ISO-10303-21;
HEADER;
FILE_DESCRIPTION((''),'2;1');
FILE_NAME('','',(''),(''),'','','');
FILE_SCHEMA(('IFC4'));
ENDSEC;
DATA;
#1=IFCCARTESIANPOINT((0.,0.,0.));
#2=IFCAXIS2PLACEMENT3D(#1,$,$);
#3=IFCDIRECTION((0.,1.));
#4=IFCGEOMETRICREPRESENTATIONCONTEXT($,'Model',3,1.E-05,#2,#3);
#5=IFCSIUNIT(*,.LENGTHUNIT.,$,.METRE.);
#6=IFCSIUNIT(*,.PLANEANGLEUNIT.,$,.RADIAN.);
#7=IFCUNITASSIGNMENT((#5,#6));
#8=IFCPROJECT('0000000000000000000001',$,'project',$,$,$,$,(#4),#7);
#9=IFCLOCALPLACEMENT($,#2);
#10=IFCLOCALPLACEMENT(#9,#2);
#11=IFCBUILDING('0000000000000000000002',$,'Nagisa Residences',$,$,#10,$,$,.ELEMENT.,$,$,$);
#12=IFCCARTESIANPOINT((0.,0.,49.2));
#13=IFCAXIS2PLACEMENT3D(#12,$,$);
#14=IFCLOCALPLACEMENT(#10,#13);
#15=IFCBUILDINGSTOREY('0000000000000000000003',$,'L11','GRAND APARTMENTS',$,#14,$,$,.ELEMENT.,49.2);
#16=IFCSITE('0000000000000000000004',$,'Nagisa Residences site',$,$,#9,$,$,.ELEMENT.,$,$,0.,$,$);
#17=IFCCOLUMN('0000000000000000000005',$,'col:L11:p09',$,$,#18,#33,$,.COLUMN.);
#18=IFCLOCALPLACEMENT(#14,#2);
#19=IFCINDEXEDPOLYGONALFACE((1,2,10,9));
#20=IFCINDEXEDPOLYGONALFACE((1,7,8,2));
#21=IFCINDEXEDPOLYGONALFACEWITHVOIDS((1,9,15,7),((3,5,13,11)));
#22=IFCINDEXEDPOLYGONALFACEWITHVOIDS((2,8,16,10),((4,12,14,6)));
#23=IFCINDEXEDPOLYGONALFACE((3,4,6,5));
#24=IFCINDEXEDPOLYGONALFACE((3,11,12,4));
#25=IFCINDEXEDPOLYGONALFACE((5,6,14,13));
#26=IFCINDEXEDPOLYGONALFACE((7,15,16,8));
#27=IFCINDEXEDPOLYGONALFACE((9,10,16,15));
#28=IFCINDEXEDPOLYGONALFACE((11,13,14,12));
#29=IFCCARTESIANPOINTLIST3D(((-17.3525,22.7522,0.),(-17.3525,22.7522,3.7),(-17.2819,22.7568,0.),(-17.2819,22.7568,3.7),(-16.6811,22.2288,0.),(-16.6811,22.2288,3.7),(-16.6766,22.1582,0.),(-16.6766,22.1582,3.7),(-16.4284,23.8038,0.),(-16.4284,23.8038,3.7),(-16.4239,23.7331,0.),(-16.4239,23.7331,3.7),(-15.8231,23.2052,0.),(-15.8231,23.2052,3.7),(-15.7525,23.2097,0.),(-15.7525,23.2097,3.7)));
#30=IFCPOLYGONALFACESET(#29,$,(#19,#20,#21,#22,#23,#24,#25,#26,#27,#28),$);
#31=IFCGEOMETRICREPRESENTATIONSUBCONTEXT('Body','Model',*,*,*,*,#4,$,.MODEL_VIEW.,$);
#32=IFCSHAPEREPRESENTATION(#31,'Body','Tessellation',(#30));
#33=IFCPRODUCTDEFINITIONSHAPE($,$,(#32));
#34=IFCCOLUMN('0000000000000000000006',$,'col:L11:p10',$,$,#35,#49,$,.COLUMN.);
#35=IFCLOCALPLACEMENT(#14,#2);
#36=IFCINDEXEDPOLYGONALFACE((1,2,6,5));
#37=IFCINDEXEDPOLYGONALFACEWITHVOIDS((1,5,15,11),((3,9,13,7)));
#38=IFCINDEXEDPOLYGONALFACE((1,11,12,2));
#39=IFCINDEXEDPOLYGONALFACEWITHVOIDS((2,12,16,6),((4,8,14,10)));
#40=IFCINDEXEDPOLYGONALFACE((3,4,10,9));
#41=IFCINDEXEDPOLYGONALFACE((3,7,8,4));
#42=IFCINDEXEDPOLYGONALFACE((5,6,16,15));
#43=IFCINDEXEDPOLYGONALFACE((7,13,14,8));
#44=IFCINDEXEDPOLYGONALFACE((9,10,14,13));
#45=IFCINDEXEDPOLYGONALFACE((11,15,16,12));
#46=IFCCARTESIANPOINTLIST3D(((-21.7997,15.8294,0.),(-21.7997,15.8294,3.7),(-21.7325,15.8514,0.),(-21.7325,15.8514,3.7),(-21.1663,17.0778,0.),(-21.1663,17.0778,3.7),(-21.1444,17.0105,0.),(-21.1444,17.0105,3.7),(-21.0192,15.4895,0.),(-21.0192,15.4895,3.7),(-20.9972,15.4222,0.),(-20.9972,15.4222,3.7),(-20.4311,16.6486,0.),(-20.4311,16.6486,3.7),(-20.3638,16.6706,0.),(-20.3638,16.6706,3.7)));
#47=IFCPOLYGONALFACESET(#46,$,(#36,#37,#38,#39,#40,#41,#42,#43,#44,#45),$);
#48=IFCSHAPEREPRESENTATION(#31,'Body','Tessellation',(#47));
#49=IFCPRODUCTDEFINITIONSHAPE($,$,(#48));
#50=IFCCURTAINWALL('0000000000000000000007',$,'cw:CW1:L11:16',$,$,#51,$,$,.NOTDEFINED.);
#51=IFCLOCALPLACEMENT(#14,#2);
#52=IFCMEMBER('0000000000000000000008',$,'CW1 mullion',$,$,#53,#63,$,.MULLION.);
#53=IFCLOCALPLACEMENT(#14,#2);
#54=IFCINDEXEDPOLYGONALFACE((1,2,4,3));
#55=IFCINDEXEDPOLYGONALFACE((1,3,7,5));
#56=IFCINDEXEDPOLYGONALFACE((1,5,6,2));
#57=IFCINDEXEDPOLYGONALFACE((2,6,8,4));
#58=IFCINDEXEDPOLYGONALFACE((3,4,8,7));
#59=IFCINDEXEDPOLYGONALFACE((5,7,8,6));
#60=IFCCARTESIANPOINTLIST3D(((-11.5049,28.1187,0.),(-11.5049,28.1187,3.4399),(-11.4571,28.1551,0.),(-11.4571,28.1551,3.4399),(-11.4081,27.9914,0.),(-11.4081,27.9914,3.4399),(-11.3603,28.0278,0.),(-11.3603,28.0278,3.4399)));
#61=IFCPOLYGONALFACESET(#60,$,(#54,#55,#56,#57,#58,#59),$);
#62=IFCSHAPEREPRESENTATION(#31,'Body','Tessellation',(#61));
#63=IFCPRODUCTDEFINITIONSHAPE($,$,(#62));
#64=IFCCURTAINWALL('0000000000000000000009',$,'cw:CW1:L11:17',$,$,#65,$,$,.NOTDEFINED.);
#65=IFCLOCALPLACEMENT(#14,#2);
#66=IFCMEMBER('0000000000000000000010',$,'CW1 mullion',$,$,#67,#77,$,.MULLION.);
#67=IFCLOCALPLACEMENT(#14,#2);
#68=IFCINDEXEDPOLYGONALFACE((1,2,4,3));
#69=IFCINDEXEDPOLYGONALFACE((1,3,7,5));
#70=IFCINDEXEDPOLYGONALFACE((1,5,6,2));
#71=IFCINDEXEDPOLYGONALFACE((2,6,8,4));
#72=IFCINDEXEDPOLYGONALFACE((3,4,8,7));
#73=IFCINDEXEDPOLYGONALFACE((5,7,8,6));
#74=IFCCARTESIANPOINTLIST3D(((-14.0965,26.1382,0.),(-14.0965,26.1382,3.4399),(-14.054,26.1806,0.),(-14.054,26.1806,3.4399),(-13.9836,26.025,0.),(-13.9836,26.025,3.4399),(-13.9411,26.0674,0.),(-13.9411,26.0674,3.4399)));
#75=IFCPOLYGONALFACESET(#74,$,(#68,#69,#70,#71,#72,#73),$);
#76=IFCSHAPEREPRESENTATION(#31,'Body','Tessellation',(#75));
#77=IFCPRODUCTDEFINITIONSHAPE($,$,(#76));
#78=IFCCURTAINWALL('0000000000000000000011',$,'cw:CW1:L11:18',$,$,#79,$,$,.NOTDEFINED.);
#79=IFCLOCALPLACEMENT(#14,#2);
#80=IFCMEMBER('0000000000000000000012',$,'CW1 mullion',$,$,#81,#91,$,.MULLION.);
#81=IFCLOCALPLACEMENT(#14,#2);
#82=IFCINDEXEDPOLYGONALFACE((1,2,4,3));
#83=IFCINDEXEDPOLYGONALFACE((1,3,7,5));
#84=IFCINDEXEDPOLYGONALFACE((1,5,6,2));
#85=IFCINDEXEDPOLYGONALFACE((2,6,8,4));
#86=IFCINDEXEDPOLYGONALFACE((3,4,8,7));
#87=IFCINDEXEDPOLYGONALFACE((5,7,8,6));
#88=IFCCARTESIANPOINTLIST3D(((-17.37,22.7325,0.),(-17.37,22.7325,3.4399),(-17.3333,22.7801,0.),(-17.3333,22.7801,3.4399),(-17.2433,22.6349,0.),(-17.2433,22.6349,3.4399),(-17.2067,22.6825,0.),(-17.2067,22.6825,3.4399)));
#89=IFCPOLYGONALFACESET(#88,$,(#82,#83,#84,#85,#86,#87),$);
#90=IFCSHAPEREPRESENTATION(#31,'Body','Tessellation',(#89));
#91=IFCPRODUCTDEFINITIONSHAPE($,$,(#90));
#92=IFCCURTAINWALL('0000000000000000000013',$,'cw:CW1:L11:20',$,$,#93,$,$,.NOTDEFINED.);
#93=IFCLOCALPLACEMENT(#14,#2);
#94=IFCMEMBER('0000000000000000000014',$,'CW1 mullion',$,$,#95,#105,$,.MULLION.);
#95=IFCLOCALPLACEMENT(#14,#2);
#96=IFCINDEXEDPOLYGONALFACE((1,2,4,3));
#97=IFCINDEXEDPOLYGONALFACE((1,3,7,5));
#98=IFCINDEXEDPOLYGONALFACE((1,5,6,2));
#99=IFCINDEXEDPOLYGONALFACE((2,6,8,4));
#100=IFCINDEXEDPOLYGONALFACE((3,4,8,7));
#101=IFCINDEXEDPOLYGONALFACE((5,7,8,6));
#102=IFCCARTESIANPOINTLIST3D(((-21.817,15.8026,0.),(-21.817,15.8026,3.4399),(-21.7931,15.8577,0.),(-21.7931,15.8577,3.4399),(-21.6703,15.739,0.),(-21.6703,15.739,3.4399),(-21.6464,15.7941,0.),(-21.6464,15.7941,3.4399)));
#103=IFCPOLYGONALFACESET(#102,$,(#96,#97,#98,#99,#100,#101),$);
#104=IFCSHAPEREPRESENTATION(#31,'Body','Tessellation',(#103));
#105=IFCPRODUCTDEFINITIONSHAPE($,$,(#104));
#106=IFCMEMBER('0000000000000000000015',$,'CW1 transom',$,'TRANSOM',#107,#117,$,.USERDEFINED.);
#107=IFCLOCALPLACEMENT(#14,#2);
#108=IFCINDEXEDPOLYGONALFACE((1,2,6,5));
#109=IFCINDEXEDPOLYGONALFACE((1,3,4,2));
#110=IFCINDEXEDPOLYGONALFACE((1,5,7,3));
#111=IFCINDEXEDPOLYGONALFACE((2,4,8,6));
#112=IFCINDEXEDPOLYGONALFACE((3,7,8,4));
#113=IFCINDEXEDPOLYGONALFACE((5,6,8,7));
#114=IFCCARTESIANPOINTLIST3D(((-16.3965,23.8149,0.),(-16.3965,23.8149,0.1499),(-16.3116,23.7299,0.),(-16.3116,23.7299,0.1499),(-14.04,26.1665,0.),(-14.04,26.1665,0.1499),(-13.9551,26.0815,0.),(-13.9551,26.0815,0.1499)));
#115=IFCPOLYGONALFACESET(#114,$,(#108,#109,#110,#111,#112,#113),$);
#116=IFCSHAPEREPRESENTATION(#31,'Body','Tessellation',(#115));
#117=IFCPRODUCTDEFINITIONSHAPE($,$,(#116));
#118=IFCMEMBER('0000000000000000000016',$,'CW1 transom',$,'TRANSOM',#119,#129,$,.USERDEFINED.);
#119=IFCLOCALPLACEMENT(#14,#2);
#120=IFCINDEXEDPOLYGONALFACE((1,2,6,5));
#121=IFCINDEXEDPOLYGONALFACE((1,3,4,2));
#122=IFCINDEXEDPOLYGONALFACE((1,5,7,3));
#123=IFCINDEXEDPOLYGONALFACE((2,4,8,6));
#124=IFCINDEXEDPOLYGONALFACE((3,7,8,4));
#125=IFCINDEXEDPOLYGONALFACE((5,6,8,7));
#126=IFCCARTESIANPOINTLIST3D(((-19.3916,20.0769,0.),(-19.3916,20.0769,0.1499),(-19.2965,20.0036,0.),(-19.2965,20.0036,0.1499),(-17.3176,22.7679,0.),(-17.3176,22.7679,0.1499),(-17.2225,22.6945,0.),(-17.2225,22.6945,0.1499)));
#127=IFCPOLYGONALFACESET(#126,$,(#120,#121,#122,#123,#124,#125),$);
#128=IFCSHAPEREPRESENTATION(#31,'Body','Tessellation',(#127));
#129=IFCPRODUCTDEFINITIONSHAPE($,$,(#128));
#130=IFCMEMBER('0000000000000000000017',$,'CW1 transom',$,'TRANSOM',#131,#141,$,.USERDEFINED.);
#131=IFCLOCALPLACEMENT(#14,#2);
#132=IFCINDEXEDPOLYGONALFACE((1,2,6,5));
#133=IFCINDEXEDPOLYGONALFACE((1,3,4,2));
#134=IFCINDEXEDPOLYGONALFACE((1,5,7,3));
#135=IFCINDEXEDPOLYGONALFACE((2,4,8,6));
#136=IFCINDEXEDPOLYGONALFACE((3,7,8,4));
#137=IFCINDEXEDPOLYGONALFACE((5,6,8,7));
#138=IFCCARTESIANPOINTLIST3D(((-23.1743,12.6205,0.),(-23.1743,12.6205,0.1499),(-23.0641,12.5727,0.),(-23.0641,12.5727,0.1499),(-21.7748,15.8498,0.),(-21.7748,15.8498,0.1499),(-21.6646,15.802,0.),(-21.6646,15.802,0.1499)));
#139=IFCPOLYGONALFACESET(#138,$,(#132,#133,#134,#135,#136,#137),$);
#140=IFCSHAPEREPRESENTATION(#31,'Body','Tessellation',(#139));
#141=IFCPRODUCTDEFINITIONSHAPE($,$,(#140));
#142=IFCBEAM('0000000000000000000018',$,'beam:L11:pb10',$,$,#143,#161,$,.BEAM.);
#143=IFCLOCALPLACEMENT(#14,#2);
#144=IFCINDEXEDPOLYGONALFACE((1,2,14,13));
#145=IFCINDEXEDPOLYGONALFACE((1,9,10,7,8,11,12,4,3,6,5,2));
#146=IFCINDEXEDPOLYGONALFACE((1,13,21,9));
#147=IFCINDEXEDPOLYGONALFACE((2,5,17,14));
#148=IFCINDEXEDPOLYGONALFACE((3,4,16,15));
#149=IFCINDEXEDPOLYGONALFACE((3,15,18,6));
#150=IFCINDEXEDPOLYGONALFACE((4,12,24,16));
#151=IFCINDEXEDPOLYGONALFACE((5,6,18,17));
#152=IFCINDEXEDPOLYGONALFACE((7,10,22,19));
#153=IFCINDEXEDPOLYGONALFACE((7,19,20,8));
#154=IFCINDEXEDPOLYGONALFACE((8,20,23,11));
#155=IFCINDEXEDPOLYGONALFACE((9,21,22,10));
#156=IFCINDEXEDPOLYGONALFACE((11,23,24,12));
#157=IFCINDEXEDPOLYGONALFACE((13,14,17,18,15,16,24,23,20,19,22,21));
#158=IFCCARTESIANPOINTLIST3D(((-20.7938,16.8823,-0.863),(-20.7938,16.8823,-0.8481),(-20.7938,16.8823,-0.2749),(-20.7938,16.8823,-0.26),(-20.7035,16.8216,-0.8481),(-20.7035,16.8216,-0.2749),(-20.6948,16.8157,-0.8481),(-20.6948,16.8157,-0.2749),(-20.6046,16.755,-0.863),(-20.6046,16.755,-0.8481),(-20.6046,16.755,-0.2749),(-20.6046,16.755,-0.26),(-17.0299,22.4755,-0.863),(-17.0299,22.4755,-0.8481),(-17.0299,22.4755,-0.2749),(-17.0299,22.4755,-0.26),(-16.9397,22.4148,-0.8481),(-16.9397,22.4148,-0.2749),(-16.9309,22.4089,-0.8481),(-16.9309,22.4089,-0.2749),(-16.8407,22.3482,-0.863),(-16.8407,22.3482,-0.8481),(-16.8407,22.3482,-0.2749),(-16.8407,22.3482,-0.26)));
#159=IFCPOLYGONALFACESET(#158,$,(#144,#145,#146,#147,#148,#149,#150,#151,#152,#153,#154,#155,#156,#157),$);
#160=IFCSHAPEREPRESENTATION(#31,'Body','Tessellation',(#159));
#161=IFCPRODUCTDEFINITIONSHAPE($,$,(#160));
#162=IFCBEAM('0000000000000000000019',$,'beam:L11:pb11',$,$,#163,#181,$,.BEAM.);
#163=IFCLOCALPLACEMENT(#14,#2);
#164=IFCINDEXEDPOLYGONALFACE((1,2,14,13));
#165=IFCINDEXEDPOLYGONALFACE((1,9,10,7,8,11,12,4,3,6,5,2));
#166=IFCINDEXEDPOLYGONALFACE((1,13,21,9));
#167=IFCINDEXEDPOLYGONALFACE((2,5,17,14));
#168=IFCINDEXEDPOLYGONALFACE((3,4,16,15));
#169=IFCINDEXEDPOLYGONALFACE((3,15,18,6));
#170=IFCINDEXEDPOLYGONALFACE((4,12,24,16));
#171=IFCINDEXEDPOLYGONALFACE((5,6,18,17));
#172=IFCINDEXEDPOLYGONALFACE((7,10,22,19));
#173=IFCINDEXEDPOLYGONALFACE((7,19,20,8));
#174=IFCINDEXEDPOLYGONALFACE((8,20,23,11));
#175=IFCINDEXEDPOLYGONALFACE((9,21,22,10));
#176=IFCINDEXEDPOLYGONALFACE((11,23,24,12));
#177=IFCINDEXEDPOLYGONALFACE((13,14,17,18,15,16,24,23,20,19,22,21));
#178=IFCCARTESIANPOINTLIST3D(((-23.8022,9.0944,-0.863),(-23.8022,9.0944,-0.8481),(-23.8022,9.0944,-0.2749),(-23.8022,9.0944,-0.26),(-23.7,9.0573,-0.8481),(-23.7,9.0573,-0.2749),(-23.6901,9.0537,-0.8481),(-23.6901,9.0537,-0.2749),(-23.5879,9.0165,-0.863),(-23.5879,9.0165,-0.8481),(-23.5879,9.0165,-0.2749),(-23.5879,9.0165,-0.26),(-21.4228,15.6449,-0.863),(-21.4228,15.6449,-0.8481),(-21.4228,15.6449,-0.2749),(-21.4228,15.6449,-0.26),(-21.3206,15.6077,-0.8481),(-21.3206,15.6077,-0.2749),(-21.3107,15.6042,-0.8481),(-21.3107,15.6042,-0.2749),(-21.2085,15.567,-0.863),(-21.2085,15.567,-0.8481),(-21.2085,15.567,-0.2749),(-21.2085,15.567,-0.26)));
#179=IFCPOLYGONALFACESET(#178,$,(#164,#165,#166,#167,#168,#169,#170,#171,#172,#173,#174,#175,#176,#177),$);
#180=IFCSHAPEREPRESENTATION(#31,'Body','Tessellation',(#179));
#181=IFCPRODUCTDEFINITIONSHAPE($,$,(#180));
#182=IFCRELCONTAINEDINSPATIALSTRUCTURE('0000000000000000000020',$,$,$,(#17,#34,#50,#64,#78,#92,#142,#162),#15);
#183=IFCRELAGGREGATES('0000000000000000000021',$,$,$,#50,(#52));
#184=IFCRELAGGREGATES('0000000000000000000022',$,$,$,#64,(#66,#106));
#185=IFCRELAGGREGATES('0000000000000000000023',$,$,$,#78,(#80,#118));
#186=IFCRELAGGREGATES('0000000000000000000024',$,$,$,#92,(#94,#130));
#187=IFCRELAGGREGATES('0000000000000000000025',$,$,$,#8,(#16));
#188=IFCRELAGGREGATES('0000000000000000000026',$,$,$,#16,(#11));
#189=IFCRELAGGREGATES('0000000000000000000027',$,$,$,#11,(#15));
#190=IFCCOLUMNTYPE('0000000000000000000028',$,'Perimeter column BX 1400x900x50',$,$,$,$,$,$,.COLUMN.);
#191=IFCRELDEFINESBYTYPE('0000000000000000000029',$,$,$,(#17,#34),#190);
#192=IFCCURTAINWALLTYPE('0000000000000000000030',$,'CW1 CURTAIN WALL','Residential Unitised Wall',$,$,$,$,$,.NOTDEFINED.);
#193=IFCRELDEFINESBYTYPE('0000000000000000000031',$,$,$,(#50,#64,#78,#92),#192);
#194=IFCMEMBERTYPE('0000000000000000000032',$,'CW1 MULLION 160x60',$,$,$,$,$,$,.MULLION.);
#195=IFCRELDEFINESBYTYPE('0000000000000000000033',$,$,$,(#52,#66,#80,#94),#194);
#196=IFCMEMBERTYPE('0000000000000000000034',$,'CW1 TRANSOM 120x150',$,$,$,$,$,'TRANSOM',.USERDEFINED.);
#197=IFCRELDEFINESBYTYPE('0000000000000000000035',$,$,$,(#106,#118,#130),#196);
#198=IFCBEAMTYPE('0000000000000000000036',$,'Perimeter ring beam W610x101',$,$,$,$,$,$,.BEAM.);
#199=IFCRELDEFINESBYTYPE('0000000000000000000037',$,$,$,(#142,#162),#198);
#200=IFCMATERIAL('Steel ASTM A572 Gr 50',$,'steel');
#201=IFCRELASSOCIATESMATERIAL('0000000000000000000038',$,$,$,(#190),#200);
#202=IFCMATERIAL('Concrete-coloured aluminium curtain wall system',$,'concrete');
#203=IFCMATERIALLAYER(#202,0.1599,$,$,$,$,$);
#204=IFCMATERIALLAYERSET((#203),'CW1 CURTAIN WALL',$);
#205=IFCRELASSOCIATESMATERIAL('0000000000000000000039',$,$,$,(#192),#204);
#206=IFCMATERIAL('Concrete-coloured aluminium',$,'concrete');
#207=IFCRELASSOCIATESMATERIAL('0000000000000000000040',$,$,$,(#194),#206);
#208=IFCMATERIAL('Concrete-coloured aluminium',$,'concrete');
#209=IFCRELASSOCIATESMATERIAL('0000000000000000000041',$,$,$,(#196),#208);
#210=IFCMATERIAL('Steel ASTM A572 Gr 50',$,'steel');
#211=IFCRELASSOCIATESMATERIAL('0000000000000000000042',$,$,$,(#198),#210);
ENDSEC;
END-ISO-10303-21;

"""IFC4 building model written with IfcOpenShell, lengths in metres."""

from ifc_helpers import new_model, si_unit, direction, frame, origin, origin_2d, place, context, subcontext, project, spatial, rectangle, hollow_rectangle, i_section, extrude, material, layer, layer_set, material_profile, profile_set, type_object, element, aggregate, save


model = new_model("IFC4")

# Units and contexts
model_context = context("Model", 3, precision=1e-05, world=origin(), true_north=direction((0.0, 1.0)))
body_context = subcontext(model_context, "Body", "Model", "MODEL_VIEW")
ifc_project = project(units=[si_unit("LENGTHUNIT", "METRE"), si_unit("PLANEANGLEUNIT", "RADIAN")], contexts=[model_context])

# Site, building, storey
site_placement = place(None, origin())
site = spatial("IfcSite", under=ifc_project, at=site_placement, Name="Nagisa Residences site", CompositionType="ELEMENT", RefElevation=0.0)
building_placement = place(site_placement, origin())
building = spatial("IfcBuilding", under=site, at=building_placement, Name="Nagisa Residences", CompositionType="ELEMENT")
storey_placement = place(building_placement, frame((0.0, 0.0, 49.2)))
storey = spatial("IfcBuildingStorey", under=building, at=storey_placement, Name="L11", Description="GRAND APARTMENTS", CompositionType="ELEMENT", Elevation=49.2)

# Columns
ifc_material_1 = material(Name="Steel ASTM A572 Gr 50", Category="steel")
ifc_material_profile_1 = material_profile(ifc_material_1, hollow_rectangle(XDim=1.3999, YDim=0.8999, WallThickness=0.05, at=origin_2d()), Name="BX 1400x900x50")
ifc_profile_set_1 = profile_set([ifc_material_profile_1], Name="Steel ASTM A572 Gr 50")
column_type = type_object("IfcColumnType", Name="Perimeter column BX 1400x900x50", PredefinedType="COLUMN", material=ifc_profile_set_1)
for number, where, z_axis, x_axis, name in (
    (1, (-16.5525, 22.981, 0.0), (0.0, 0.0, 1.0), (-0.660115, -0.751165, 0.0), "col:L11:p09"),
    (2, (-21.0818, 16.25, 0.0), (0.0, 0.0, 1.0), (-0.452463, -0.891783, 0.0), "col:L11:p10"),
):
    element("IfcColumn", number, at=place(storey_placement, frame(where, z_axis=z_axis, x_axis=x_axis)), inside=storey, type_object=column_type, Name=name, PredefinedType="COLUMN", context=body_context, shape_type="SweptSolid", body=[
        extrude(hollow_rectangle(XDim=1.3999, YDim=0.8999, WallThickness=0.05, at=origin_2d()), origin(), (0.0, 0.0, 1.0), 3.7),
    ])

# Curtain walls, members
ifc_material_2 = material(Name="Concrete-coloured aluminium curtain wall system", Category="concrete")
ifc_layer_1 = layer(ifc_material_2, 0.1599)
ifc_layer_set_1 = layer_set([ifc_layer_1], Name="CW1 CURTAIN WALL")
curtain_wall_type = type_object("IfcCurtainWallType", Name="CW1 CURTAIN WALL", Description="Residential Unitised Wall", PredefinedType="NOTDEFINED", material=ifc_layer_set_1)
curtain_wall_1_placement = place(storey_placement, origin())
curtain_wall_1 = element("IfcCurtainWall", 3, at=curtain_wall_1_placement, inside=storey, type_object=curtain_wall_type, Name="cw:CW1:L11:16", PredefinedType="NOTDEFINED")
ifc_material_3 = material(Name="Concrete-coloured aluminium", Category="concrete")
ifc_material_profile_2 = material_profile(ifc_material_3, rectangle(XDim=0.1599, YDim=0.0601, at=origin_2d()), Name="CW1 MULLION 160x60")
ifc_profile_set_2 = profile_set([ifc_material_profile_2], Name="Concrete-coloured aluminium")
member_type_1 = type_object("IfcMemberType", Name="CW1 MULLION 160x60", PredefinedType="MULLION", material=ifc_profile_set_2)
member_1_placement = place(storey_placement, frame((-11.4326, 28.0732, 0.0), z_axis=(0.0, 0.0, 1.0), x_axis=(0.605255, -0.796031, 0.0)))
member_1 = element("IfcMember", 4, at=member_1_placement, type_object=member_type_1, Name="CW1 mullion", PredefinedType="MULLION", context=body_context, shape_type="SweptSolid", body=[
    extrude(rectangle(XDim=0.1599, YDim=0.0601, at=origin_2d()), origin(), (0.0, 0.0, 1.0), 3.4399),
])
curtain_wall_2_placement = place(storey_placement, origin())
curtain_wall_2 = element("IfcCurtainWall", 5, at=curtain_wall_2_placement, inside=storey, type_object=curtain_wall_type, Name="cw:CW1:L11:17", PredefinedType="NOTDEFINED")
member_2_placement = place(storey_placement, frame((-14.0188, 26.1028, 0.0), z_axis=(0.0, 0.0, 1.0), x_axis=(0.706377, -0.707836, 0.0)))
member_2 = element("IfcMember", 6, at=member_2_placement, type_object=member_type_1, Name="CW1 mullion", PredefinedType="MULLION", context=body_context, shape_type="SweptSolid", body=[
    extrude(rectangle(XDim=0.1599, YDim=0.0601, at=origin_2d()), origin(), (0.0, 0.0, 1.0), 3.4399),
])
curtain_wall_3_placement = place(storey_placement, origin())
curtain_wall_3 = element("IfcCurtainWall", 7, at=curtain_wall_3_placement, inside=storey, type_object=curtain_wall_type, Name="cw:CW1:L11:18", PredefinedType="NOTDEFINED")
member_3_placement = place(storey_placement, frame((-17.2883, 22.7075, 0.0), z_axis=(0.0, 0.0, 1.0), x_axis=(0.79207, -0.61043, 0.0)))
member_3 = element("IfcMember", 8, at=member_3_placement, type_object=member_type_1, Name="CW1 mullion", PredefinedType="MULLION", context=body_context, shape_type="SweptSolid", body=[
    extrude(rectangle(XDim=0.1599, YDim=0.0601, at=origin_2d()), origin(), (0.0, 0.0, 1.0), 3.4399),
])
curtain_wall_4_placement = place(storey_placement, origin())
curtain_wall_4 = element("IfcCurtainWall", 9, at=curtain_wall_4_placement, inside=storey, type_object=curtain_wall_type, Name="cw:CW1:L11:20", PredefinedType="NOTDEFINED")
member_4_placement = place(storey_placement, frame((-21.7317, 15.7983, 0.0), z_axis=(0.0, 0.0, 1.0), x_axis=(0.917543, -0.397636, 0.0)))
member_4 = element("IfcMember", 10, at=member_4_placement, type_object=member_type_1, Name="CW1 mullion", PredefinedType="MULLION", context=body_context, shape_type="SweptSolid", body=[
    extrude(rectangle(XDim=0.1599, YDim=0.0601, at=origin_2d()), origin(), (0.0, 0.0, 1.0), 3.4399),
])

# Members
ifc_material_4 = material(Name="Concrete-coloured aluminium", Category="concrete")
ifc_material_profile_3 = material_profile(ifc_material_4, rectangle(XDim=0.1201, YDim=0.1499, at=origin_2d()), Name="CW1 TRANSOM 120x150")
ifc_profile_set_3 = profile_set([ifc_material_profile_3], Name="Concrete-coloured aluminium")
member_type_2 = type_object("IfcMemberType", Name="CW1 TRANSOM 120x150", ElementType="TRANSOM", PredefinedType="USERDEFINED", material=ifc_profile_set_3)
member_5_placement = place(storey_placement, frame((-13.9976, 26.124, 0.075), z_axis=(-0.70784, -0.706373, 0.0), x_axis=(0.706373, -0.70784, 0.0)))
member_5 = element("IfcMember", 11, at=member_5_placement, type_object=member_type_2, Name="CW1 transom", ObjectType="TRANSOM", PredefinedType="USERDEFINED", context=body_context, shape_type="SweptSolid", body=[
    extrude(rectangle(XDim=0.1201, YDim=0.1499, at=origin_2d()), origin(), (0.0, 0.0, 1.0), 3.3291),
])
member_6_placement = place(storey_placement, frame((-17.27, 22.7312, 0.075), z_axis=(-0.610457, -0.792049, 0.0), x_axis=(0.792049, -0.610457, 0.0)))
member_6 = element("IfcMember", 12, at=member_6_placement, type_object=member_type_2, Name="CW1 transom", ObjectType="TRANSOM", PredefinedType="USERDEFINED", context=body_context, shape_type="SweptSolid", body=[
    extrude(rectangle(XDim=0.1201, YDim=0.1499, at=origin_2d()), origin(), (0.0, 0.0, 1.0), 3.3975),
])
member_7_placement = place(storey_placement, frame((-21.7197, 15.8259, 0.075), z_axis=(-0.397625, -0.917548, 0.0), x_axis=(0.917548, -0.397625, 0.0)))
member_7 = element("IfcMember", 13, at=member_7_placement, type_object=member_type_2, Name="CW1 transom", ObjectType="TRANSOM", PredefinedType="USERDEFINED", context=body_context, shape_type="SweptSolid", body=[
    extrude(rectangle(XDim=0.1201, YDim=0.1499, at=origin_2d()), origin(), (0.0, 0.0, 1.0), 3.5195),
])

# Beams
ifc_material_5 = material(Name="Steel ASTM A572 Gr 50", Category="steel")
ifc_material_profile_4 = material_profile(ifc_material_5, i_section(OverallWidth=0.228, OverallDepth=0.603, WebThickness=0.0105, FlangeThickness=0.0149, at=origin_2d()), Name="W610x101")
ifc_profile_set_4 = profile_set([ifc_material_profile_4], Name="Steel ASTM A572 Gr 50")
beam_type_1 = type_object("IfcBeamType", Name="Perimeter ring beam W610x101", PredefinedType="BEAM", material=ifc_profile_set_4)
beam_1_placement = place(storey_placement, frame((-16.9353, 22.4119, -0.5615), z_axis=(-0.558297, -0.829641, 0.0), x_axis=(0.829641, -0.558297, 0.0)))
element("IfcBeam", 14, at=beam_1_placement, inside=storey, type_object=beam_type_1, Name="beam:L11:pb10", PredefinedType="BEAM", context=body_context, shape_type="SweptSolid", body=[
    extrude(i_section(OverallWidth=0.228, OverallDepth=0.603, WebThickness=0.0105, FlangeThickness=0.0149, at=origin_2d()), origin(), (0.0, 0.0, 1.0), 6.7417),
])
beam_2_placement = place(storey_placement, frame((-21.3157, 15.606, -0.5615), z_axis=(-0.341411, -0.939914, 0.0), x_axis=(0.939914, -0.341411, 0.0)))
element("IfcBeam", 15, at=beam_2_placement, inside=storey, type_object=beam_type_1, Name="beam:L11:pb11", PredefinedType="BEAM", context=body_context, shape_type="SweptSolid", body=[
    extrude(i_section(OverallWidth=0.228, OverallDepth=0.603, WebThickness=0.0105, FlangeThickness=0.0149, at=origin_2d()), origin(), (0.0, 0.0, 1.0), 6.9692),
])

aggregate(curtain_wall_1, [member_1])
aggregate(curtain_wall_2, [member_2, member_5])
aggregate(curtain_wall_3, [member_3, member_6])
aggregate(curtain_wall_4, [member_4, member_7])

save(model, "model.ifc")
